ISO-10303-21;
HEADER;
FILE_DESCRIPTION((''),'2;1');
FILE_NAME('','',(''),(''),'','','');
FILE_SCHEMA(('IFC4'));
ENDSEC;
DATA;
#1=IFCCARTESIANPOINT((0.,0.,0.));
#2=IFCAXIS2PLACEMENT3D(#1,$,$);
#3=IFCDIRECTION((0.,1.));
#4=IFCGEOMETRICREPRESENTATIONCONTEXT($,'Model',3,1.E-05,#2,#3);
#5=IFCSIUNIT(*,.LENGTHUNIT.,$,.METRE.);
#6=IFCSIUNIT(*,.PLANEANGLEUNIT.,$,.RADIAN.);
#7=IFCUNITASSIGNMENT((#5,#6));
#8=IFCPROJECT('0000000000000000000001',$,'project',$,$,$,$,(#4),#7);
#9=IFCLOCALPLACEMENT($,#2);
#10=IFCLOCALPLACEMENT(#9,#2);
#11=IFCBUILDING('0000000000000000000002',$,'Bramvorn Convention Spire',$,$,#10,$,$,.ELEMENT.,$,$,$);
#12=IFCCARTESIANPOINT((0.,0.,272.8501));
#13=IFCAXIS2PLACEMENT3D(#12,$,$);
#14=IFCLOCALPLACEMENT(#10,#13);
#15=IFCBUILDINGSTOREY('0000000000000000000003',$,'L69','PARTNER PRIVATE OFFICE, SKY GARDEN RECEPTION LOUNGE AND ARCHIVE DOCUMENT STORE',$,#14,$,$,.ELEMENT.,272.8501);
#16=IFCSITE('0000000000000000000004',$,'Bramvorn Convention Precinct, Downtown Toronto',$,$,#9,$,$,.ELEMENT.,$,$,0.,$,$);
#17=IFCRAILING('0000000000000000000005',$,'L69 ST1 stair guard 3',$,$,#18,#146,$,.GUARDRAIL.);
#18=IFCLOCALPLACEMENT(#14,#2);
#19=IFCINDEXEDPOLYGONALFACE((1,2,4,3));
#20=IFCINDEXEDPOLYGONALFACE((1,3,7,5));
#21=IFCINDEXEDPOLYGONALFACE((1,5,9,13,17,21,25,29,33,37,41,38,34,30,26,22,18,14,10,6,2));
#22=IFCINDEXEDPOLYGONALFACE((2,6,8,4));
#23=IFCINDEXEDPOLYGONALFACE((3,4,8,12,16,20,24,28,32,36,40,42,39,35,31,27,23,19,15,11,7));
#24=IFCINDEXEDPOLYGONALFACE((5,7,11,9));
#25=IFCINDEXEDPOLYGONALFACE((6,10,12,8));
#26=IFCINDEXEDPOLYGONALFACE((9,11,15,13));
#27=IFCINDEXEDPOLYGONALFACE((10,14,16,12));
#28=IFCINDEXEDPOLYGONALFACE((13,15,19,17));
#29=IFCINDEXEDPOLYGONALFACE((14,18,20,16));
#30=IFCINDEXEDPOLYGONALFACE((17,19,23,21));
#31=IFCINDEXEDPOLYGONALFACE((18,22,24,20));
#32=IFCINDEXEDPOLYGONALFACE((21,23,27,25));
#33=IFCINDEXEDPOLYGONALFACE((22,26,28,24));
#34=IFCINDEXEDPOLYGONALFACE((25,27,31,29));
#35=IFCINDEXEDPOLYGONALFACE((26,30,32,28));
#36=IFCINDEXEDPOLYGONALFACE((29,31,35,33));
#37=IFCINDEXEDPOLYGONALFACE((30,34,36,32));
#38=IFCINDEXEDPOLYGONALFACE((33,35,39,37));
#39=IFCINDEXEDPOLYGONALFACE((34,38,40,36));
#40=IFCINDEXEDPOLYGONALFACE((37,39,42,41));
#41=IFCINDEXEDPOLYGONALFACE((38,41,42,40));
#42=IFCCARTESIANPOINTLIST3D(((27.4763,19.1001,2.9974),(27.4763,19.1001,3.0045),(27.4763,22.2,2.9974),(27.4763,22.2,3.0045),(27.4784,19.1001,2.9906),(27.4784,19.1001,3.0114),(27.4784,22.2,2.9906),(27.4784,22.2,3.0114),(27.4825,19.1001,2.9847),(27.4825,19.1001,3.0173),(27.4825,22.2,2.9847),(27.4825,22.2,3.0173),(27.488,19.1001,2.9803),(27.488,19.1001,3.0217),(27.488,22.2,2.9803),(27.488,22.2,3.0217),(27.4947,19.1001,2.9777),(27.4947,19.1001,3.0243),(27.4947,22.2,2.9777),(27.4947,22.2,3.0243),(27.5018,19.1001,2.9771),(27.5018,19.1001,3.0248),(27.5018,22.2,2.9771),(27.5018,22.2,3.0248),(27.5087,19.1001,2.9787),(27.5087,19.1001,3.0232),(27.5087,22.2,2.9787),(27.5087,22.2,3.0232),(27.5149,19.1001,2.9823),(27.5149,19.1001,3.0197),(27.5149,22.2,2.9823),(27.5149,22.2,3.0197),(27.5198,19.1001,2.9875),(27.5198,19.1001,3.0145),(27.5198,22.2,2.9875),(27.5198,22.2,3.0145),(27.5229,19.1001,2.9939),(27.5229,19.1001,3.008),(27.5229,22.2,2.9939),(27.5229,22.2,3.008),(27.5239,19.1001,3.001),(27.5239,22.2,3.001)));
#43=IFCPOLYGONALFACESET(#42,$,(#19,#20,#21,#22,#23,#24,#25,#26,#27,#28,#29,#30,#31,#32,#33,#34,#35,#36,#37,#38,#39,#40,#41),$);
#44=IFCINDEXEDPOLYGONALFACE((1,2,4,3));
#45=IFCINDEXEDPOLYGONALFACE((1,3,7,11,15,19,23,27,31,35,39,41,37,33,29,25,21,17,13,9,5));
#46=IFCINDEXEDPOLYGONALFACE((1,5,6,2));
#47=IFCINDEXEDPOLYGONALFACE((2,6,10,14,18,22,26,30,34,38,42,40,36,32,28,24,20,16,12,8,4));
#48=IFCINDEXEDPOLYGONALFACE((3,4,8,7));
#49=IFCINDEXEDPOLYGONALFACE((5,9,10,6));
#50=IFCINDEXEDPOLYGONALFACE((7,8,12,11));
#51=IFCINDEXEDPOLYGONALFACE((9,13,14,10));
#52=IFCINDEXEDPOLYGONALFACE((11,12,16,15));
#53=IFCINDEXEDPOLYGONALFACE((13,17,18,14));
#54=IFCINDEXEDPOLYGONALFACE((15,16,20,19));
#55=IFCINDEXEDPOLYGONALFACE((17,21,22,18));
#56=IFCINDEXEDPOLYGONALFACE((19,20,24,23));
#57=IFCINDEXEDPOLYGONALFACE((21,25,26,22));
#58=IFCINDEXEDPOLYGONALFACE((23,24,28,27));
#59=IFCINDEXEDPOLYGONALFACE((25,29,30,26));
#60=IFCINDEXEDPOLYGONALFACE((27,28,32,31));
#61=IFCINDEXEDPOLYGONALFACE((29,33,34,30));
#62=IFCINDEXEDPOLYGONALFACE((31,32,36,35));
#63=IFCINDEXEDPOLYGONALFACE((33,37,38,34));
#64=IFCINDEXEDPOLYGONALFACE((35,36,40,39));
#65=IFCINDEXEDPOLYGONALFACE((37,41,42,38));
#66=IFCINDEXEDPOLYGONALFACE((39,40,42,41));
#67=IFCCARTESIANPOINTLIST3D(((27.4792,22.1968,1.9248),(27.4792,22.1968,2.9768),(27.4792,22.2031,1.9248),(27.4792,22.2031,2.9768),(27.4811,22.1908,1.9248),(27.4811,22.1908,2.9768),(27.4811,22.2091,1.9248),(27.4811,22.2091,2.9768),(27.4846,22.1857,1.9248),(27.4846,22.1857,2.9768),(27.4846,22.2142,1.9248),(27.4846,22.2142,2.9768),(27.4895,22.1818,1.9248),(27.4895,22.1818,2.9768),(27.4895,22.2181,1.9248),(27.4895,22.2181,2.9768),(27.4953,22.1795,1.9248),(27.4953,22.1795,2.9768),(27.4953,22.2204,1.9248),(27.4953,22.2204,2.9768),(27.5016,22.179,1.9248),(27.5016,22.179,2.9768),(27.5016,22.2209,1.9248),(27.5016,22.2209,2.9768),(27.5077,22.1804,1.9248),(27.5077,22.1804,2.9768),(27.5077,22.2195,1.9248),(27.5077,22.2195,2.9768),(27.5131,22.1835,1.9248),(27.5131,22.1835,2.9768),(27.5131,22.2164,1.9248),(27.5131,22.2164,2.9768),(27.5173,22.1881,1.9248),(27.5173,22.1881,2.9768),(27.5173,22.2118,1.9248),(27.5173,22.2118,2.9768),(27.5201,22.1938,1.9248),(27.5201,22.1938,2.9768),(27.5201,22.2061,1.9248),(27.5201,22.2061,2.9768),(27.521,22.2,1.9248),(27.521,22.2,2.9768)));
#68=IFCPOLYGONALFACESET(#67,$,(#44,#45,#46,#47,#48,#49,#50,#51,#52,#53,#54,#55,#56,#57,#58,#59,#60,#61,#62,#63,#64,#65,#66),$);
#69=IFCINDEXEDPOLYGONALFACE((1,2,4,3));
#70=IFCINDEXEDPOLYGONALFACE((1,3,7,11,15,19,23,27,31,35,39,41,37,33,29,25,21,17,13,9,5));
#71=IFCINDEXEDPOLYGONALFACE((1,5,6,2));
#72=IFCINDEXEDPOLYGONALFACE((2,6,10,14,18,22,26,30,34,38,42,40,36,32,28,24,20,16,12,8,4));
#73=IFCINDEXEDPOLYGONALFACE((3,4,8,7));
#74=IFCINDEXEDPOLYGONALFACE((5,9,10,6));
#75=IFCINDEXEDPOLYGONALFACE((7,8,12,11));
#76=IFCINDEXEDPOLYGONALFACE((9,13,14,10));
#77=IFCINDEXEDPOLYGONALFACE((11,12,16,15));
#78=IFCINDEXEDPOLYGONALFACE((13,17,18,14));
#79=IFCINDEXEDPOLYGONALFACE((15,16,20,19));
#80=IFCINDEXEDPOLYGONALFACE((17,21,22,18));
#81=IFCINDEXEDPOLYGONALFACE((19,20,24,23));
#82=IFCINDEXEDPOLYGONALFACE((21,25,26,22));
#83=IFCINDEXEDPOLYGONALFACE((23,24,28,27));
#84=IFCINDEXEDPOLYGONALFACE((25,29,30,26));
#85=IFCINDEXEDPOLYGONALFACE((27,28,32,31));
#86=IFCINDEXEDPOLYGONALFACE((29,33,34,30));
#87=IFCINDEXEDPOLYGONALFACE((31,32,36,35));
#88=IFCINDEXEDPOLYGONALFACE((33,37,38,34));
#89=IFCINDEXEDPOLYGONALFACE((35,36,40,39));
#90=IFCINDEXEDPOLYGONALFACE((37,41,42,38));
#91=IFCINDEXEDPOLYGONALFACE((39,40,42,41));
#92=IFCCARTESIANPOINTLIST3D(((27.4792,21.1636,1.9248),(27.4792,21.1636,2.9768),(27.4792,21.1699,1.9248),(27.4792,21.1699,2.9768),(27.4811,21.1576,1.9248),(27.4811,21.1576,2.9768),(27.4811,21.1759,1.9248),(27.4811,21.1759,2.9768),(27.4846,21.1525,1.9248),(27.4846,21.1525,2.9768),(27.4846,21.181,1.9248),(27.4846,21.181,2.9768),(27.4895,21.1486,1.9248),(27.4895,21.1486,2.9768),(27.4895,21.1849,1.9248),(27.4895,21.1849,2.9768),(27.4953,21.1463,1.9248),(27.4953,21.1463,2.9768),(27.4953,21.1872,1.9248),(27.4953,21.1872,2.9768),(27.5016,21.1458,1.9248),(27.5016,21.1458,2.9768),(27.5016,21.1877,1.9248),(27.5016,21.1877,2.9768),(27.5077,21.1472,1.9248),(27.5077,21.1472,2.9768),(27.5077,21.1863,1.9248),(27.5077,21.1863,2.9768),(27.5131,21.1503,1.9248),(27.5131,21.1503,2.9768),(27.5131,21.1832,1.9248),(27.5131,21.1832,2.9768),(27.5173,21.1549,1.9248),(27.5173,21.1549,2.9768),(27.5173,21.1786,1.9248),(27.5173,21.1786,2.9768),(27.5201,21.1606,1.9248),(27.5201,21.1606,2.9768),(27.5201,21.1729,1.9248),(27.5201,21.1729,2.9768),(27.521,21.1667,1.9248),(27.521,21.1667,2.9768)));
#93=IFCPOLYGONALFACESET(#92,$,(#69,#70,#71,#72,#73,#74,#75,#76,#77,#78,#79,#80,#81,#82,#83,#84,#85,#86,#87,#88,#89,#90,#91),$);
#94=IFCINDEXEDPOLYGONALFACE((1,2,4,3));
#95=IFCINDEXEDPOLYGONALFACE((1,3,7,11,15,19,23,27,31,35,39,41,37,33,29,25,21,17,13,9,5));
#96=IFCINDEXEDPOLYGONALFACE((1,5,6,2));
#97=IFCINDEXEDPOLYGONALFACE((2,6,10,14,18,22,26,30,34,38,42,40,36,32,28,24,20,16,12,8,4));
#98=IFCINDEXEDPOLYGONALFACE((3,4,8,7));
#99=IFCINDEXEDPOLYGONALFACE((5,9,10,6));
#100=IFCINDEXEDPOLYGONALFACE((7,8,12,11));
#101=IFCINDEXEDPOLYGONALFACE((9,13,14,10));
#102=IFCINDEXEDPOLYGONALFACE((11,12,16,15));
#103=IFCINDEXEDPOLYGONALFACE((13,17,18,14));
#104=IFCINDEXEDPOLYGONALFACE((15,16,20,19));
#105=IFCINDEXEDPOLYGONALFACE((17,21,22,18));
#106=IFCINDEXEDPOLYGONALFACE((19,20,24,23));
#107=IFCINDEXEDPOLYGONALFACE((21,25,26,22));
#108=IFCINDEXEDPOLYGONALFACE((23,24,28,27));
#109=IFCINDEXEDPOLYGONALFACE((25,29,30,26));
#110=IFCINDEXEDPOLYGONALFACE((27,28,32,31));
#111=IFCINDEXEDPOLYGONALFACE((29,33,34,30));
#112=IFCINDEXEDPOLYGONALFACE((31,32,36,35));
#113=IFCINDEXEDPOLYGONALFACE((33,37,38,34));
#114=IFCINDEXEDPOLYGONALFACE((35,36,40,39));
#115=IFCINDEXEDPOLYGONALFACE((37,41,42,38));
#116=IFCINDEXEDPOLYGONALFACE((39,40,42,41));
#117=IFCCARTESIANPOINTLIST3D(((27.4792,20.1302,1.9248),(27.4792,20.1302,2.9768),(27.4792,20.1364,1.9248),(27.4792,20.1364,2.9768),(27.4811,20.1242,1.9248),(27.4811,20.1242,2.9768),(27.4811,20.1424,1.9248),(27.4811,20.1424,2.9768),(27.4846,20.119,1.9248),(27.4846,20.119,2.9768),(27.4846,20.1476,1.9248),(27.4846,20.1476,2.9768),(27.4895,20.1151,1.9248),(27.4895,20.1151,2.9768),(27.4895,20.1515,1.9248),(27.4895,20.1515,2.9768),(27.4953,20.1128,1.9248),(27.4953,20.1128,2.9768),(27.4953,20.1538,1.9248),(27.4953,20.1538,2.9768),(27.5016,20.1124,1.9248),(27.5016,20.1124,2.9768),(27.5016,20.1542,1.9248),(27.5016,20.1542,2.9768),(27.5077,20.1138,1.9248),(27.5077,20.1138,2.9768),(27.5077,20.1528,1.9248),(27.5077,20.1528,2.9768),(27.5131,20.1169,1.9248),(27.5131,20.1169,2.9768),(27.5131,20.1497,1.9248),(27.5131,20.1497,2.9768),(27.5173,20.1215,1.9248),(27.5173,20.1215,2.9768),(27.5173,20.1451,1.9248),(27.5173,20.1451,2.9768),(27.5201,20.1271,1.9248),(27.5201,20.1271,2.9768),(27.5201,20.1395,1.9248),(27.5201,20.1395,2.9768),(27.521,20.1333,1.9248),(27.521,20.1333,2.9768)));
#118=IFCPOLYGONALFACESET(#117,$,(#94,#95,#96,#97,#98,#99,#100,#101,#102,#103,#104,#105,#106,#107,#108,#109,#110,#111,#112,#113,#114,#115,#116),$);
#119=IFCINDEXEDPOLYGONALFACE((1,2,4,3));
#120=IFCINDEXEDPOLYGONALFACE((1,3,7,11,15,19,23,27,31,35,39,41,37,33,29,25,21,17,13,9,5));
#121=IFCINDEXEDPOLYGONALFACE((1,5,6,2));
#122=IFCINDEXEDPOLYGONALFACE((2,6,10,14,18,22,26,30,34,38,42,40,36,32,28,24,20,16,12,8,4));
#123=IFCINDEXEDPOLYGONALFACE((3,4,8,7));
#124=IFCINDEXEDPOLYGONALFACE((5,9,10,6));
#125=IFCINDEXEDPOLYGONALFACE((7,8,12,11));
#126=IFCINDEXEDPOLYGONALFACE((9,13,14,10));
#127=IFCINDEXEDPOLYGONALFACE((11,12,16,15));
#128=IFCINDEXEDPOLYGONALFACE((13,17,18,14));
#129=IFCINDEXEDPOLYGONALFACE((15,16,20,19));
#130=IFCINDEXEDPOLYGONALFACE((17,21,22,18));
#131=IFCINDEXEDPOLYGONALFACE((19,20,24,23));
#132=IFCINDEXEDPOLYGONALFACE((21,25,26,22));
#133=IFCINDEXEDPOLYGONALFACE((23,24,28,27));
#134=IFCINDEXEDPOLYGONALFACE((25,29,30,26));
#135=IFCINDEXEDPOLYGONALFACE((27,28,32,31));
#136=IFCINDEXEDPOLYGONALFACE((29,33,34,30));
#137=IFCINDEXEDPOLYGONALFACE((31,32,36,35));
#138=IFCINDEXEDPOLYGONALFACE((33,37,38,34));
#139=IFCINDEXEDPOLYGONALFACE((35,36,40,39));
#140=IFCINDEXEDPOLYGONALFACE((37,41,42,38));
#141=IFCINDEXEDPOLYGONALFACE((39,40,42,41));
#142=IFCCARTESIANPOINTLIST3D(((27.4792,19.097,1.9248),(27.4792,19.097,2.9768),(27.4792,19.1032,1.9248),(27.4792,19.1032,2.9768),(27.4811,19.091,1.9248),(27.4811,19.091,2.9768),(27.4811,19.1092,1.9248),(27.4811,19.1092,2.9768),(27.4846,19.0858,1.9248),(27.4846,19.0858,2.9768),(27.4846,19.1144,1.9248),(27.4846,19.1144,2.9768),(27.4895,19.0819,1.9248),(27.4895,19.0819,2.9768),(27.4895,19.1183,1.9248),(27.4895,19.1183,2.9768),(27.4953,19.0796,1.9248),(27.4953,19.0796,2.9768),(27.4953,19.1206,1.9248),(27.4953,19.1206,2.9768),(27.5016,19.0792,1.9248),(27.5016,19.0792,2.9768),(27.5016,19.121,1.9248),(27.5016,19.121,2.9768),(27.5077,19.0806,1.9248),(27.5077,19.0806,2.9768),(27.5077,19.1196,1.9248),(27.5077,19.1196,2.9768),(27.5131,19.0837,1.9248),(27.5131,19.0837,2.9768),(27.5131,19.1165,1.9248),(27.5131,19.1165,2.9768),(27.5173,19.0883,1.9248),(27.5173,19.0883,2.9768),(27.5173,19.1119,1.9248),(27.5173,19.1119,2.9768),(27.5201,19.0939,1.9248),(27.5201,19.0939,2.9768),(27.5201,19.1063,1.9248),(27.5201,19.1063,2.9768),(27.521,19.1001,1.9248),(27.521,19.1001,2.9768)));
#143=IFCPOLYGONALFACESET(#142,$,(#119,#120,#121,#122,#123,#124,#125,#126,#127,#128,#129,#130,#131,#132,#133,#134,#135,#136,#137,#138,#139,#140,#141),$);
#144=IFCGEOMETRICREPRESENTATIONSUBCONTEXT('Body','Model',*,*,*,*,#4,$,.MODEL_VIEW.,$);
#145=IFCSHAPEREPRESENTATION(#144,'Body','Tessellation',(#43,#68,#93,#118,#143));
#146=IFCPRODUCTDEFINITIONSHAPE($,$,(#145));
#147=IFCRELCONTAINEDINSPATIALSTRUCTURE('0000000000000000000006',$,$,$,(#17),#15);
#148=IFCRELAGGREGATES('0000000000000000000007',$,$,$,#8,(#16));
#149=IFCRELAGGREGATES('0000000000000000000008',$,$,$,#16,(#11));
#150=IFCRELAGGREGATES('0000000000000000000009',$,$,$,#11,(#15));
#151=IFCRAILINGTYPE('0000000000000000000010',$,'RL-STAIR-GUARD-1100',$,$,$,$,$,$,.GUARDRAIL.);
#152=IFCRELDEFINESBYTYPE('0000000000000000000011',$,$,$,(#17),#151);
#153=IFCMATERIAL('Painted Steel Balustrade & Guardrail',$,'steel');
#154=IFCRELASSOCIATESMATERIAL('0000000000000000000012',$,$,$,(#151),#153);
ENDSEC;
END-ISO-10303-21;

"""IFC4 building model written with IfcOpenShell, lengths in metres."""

from ifc_helpers import new_model, si_unit, direction, frame, origin, origin_2d, place, context, subcontext, project, spatial, circle, extrude, material, type_object, element, save


model = new_model("IFC4")

# Units and contexts
model_context = context("Model", 3, precision=1e-05, world=origin(), true_north=direction((0.0, 1.0)))
body_context = subcontext(model_context, "Body", "Model", "MODEL_VIEW")
ifc_project = project(units=[si_unit("LENGTHUNIT", "METRE"), si_unit("PLANEANGLEUNIT", "RADIAN")], contexts=[model_context])

# Site, building, storey
site_placement = place(None, origin())
site = spatial("IfcSite", under=ifc_project, at=site_placement, Name="Bramvorn Convention Precinct, Downtown Toronto", CompositionType="ELEMENT", RefElevation=0.0)
building_placement = place(site_placement, origin())
building = spatial("IfcBuilding", under=site, at=building_placement, Name="Bramvorn Convention Spire", CompositionType="ELEMENT")
storey_placement = place(building_placement, frame((0.0, 0.0, 272.8501)))
storey = spatial("IfcBuildingStorey", under=building, at=storey_placement, Name="L69", Description="PARTNER PRIVATE OFFICE, SKY GARDEN RECEPTION LOUNGE AND ARCHIVE DOCUMENT STORE", CompositionType="ELEMENT", Elevation=272.8501)

# Railing
ifc_material_1 = material(Name="Painted Steel Balustrade & Guardrail", Category="steel")
railing_type_1 = type_object("IfcRailingType", Name="RL-STAIR-GUARD-1100", PredefinedType="GUARDRAIL", material=ifc_material_1)
railing_1_placement = place(storey_placement, frame((27.5, 22.2, 1.9248)))
element("IfcRailing", 1, at=railing_1_placement, inside=storey, type_object=railing_type_1, Name="L69 ST1 stair guard 3", PredefinedType="GUARDRAIL", context=body_context, shape_type="SweptSolid", body=[
    extrude(circle(Radius=0.0239, at=origin_2d()), frame((0.0, 0.0, 1.0762), z_axis=(0.0, -1.0, 0.0), x_axis=(1.0, 0.0, 0.0)), (0.0, 0.0, 1.0), 3.0999),
    extrude(circle(Radius=0.021, at=origin_2d()), origin(), (0.0, 0.0, 1.0), 1.052),
    extrude(circle(Radius=0.021, at=origin_2d()), frame((0.0, -1.0332, 0.0)), (0.0, 0.0, 1.0), 1.052),
    extrude(circle(Radius=0.021, at=origin_2d()), frame((0.0, -2.0667, 0.0)), (0.0, 0.0, 1.0), 1.052),
    extrude(circle(Radius=0.021, at=origin_2d()), frame((0.0, -3.0999, 0.0)), (0.0, 0.0, 1.0), 1.052),
])

save(model, "model.ifc")
